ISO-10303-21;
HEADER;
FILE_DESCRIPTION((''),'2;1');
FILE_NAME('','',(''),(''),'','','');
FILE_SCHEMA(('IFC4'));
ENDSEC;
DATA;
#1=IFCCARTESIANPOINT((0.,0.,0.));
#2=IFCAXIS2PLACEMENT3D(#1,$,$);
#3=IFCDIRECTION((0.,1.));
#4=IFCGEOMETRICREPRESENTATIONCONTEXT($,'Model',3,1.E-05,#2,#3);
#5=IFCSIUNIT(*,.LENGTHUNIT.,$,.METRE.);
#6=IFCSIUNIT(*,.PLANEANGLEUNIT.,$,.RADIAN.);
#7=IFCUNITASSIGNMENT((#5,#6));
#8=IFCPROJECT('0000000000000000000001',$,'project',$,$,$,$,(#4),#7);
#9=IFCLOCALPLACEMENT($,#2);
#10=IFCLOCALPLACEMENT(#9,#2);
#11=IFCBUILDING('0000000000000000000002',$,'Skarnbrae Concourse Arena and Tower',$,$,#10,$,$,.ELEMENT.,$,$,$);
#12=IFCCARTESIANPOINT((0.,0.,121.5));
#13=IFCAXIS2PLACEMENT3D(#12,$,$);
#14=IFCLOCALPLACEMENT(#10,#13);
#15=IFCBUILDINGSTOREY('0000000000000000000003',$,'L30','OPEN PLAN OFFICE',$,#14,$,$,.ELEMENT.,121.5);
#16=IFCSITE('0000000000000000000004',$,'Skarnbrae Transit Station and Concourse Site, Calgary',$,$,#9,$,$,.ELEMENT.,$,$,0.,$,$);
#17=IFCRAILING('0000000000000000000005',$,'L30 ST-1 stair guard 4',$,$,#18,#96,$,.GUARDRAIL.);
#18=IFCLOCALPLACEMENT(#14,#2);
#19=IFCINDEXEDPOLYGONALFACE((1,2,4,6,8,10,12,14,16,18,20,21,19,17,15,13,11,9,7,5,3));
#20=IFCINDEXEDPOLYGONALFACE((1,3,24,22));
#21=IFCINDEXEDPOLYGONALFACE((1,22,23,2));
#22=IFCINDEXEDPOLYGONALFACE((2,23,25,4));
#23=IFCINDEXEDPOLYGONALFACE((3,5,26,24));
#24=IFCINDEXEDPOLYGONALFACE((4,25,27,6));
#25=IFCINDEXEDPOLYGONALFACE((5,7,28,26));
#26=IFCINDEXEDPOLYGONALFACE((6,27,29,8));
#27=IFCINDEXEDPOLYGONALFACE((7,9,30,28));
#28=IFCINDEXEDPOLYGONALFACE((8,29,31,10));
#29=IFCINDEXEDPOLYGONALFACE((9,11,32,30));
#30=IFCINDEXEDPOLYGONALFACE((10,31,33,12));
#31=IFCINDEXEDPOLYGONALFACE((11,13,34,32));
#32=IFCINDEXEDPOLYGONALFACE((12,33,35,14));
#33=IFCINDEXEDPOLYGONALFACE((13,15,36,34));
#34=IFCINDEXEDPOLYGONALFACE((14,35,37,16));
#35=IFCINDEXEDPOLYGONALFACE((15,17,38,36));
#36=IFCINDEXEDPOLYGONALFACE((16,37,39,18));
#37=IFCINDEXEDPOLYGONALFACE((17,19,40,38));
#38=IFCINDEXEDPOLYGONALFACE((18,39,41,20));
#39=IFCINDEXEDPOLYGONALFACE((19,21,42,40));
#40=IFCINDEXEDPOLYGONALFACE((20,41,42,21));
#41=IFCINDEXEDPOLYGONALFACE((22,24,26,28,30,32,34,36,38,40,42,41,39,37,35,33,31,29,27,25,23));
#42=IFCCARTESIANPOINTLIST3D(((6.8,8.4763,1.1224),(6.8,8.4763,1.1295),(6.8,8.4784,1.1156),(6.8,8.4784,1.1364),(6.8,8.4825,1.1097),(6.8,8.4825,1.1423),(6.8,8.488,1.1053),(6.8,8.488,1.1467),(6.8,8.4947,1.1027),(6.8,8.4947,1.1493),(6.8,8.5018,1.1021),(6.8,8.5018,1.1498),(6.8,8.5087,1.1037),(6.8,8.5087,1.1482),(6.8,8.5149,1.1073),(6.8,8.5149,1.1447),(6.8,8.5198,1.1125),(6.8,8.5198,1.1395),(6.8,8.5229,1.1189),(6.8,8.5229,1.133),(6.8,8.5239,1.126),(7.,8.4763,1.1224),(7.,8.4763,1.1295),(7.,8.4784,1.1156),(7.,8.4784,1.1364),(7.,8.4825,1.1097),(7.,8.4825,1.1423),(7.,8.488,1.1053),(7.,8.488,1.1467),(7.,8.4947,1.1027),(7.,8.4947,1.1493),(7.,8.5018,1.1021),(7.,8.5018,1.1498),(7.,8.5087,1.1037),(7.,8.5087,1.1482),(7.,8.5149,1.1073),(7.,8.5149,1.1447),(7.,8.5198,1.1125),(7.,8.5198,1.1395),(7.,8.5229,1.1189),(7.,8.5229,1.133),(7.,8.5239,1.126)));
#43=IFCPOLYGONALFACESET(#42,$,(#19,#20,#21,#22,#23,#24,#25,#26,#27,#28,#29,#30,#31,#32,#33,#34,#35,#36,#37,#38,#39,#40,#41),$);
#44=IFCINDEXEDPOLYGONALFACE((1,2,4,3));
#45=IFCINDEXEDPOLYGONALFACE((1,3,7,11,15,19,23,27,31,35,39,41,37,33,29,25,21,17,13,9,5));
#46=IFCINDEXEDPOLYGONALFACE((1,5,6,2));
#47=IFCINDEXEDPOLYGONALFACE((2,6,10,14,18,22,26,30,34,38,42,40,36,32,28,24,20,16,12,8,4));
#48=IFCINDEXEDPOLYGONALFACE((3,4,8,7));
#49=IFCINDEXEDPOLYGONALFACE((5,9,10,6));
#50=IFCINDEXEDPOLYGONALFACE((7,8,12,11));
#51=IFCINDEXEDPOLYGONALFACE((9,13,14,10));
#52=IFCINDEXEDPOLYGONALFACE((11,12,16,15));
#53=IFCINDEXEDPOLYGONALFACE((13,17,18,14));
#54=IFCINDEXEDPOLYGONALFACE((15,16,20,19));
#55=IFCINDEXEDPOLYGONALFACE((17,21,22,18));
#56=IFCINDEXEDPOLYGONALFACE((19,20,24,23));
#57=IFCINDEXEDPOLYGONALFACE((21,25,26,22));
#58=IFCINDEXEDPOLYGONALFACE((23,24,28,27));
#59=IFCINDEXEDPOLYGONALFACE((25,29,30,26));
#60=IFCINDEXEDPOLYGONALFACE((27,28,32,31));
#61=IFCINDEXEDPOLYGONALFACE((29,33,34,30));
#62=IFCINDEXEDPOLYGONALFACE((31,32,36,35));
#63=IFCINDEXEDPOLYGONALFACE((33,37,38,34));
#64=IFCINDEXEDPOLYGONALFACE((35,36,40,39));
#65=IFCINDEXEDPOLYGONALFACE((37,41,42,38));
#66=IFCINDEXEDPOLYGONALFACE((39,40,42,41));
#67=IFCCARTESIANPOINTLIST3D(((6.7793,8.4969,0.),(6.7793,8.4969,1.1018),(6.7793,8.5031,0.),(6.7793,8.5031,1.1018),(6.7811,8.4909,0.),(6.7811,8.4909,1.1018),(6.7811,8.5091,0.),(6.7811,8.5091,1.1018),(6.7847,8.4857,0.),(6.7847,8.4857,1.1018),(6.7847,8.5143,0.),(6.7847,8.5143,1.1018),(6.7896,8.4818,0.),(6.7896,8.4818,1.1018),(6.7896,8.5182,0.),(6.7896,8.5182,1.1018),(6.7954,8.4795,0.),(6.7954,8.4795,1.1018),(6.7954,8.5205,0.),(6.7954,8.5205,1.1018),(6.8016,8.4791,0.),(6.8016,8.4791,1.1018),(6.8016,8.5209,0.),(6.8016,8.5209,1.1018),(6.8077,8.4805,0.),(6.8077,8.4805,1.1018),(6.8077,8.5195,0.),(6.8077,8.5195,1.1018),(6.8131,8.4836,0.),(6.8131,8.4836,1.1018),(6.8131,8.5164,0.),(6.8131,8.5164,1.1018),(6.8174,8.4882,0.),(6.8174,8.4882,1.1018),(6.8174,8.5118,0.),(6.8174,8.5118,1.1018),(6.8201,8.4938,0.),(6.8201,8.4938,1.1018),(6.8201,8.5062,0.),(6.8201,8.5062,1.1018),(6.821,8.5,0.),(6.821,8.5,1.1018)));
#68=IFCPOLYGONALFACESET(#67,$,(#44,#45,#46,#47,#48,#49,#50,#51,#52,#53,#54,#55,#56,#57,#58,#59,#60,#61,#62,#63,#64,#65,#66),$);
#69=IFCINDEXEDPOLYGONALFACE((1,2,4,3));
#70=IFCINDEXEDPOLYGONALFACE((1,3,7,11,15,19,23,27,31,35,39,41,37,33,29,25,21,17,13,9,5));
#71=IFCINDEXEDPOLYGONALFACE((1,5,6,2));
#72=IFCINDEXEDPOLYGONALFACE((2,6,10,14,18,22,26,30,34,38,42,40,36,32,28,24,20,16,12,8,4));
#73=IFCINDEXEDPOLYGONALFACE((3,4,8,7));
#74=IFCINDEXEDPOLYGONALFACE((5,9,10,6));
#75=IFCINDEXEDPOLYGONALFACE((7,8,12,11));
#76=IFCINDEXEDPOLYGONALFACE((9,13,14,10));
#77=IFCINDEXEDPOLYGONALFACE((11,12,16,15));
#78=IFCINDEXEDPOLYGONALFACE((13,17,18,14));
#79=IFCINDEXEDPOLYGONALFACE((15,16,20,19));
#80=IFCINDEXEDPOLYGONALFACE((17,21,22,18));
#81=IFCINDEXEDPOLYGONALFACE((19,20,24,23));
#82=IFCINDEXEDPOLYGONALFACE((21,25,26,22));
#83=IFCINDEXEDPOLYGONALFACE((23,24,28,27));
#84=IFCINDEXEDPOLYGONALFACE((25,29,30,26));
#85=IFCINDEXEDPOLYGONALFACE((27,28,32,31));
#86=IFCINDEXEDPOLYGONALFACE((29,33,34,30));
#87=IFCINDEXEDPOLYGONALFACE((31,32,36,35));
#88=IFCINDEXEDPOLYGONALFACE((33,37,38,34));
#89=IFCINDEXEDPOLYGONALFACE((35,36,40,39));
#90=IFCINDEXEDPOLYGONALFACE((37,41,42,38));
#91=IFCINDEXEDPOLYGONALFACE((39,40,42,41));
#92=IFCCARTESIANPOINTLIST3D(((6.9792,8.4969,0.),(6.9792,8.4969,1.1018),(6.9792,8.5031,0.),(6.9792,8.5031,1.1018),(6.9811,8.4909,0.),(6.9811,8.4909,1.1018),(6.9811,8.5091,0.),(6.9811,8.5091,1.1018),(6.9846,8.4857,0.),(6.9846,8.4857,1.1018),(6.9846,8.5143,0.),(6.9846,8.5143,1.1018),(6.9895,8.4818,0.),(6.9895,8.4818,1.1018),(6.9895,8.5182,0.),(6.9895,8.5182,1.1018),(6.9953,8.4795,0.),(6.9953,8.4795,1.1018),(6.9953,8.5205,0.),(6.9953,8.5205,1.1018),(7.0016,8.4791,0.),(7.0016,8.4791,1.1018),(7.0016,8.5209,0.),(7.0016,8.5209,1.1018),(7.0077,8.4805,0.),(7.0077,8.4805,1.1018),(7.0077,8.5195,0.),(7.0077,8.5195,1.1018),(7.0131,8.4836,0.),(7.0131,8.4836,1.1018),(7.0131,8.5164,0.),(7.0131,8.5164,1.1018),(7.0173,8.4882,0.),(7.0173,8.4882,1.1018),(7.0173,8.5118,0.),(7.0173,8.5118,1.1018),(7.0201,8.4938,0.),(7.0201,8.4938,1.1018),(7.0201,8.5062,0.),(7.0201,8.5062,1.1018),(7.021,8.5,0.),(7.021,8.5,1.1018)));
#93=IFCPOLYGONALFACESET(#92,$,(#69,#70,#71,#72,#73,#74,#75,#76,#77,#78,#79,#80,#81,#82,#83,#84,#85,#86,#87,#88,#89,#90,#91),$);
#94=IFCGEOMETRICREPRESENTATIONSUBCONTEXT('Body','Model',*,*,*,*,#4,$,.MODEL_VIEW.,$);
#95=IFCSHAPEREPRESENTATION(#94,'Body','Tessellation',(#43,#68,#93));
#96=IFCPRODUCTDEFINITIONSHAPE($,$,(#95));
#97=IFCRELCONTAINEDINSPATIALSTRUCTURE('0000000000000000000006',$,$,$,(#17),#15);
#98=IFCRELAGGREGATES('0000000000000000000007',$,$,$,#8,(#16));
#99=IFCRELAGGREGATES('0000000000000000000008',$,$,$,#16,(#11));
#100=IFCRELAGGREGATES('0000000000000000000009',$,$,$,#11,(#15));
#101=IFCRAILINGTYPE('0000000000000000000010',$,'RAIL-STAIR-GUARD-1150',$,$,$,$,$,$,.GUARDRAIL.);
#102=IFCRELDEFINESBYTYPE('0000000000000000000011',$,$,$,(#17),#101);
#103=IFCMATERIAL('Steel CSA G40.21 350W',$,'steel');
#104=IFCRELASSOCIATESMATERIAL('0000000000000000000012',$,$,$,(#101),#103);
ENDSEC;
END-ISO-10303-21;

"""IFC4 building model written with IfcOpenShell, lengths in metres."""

from ifc_helpers import new_model, si_unit, direction, frame, origin, origin_2d, place, context, subcontext, project, spatial, circle, extrude, material, type_object, element, save


model = new_model("IFC4")

# Units and contexts
model_context = context("Model", 3, precision=1e-05, world=origin(), true_north=direction((0.0, 1.0)))
body_context = subcontext(model_context, "Body", "Model", "MODEL_VIEW")
ifc_project = project(units=[si_unit("LENGTHUNIT", "METRE"), si_unit("PLANEANGLEUNIT", "RADIAN")], contexts=[model_context])

# Site, building, storey
site_placement = place(None, origin())
site = spatial("IfcSite", under=ifc_project, at=site_placement, Name="Skarnbrae Transit Station and Concourse Site, Calgary", CompositionType="ELEMENT", RefElevation=0.0)
building_placement = place(site_placement, origin())
building = spatial("IfcBuilding", under=site, at=building_placement, Name="Skarnbrae Concourse Arena and Tower", CompositionType="ELEMENT")
storey_placement = place(building_placement, frame((0.0, 0.0, 121.5)))
storey = spatial("IfcBuildingStorey", under=building, at=storey_placement, Name="L30", Description="OPEN PLAN OFFICE", CompositionType="ELEMENT", Elevation=121.5)

# Shared definitions
ifc_material_1 = material(Name="Steel CSA G40.21 350W", Category="steel")

# Railing
railing_type_1 = type_object("IfcRailingType", Name="RAIL-STAIR-GUARD-1150", PredefinedType="GUARDRAIL", material=ifc_material_1)
railing_1_placement = place(storey_placement, frame((6.8, 8.5, 0.0)))
element("IfcRailing", 1, at=railing_1_placement, inside=storey, type_object=railing_type_1, Name="L30 ST-1 stair guard 4", PredefinedType="GUARDRAIL", context=body_context, shape_type="SweptSolid", body=[
    extrude(circle(Radius=0.0239, at=origin_2d()), frame((0.0, 0.0, 1.126), z_axis=(1.0, 0.0, 0.0), x_axis=(0.0, 1.0, 0.0)), (0.0, 0.0, 1.0), 0.2),
    extrude(circle(Radius=0.021, at=origin_2d()), origin(), (0.0, 0.0, 1.0), 1.1018),
    extrude(circle(Radius=0.021, at=origin_2d()), frame((0.2, 0.0, 0.0)), (0.0, 0.0, 1.0), 1.1018),
])

save(model, "model.ifc")
